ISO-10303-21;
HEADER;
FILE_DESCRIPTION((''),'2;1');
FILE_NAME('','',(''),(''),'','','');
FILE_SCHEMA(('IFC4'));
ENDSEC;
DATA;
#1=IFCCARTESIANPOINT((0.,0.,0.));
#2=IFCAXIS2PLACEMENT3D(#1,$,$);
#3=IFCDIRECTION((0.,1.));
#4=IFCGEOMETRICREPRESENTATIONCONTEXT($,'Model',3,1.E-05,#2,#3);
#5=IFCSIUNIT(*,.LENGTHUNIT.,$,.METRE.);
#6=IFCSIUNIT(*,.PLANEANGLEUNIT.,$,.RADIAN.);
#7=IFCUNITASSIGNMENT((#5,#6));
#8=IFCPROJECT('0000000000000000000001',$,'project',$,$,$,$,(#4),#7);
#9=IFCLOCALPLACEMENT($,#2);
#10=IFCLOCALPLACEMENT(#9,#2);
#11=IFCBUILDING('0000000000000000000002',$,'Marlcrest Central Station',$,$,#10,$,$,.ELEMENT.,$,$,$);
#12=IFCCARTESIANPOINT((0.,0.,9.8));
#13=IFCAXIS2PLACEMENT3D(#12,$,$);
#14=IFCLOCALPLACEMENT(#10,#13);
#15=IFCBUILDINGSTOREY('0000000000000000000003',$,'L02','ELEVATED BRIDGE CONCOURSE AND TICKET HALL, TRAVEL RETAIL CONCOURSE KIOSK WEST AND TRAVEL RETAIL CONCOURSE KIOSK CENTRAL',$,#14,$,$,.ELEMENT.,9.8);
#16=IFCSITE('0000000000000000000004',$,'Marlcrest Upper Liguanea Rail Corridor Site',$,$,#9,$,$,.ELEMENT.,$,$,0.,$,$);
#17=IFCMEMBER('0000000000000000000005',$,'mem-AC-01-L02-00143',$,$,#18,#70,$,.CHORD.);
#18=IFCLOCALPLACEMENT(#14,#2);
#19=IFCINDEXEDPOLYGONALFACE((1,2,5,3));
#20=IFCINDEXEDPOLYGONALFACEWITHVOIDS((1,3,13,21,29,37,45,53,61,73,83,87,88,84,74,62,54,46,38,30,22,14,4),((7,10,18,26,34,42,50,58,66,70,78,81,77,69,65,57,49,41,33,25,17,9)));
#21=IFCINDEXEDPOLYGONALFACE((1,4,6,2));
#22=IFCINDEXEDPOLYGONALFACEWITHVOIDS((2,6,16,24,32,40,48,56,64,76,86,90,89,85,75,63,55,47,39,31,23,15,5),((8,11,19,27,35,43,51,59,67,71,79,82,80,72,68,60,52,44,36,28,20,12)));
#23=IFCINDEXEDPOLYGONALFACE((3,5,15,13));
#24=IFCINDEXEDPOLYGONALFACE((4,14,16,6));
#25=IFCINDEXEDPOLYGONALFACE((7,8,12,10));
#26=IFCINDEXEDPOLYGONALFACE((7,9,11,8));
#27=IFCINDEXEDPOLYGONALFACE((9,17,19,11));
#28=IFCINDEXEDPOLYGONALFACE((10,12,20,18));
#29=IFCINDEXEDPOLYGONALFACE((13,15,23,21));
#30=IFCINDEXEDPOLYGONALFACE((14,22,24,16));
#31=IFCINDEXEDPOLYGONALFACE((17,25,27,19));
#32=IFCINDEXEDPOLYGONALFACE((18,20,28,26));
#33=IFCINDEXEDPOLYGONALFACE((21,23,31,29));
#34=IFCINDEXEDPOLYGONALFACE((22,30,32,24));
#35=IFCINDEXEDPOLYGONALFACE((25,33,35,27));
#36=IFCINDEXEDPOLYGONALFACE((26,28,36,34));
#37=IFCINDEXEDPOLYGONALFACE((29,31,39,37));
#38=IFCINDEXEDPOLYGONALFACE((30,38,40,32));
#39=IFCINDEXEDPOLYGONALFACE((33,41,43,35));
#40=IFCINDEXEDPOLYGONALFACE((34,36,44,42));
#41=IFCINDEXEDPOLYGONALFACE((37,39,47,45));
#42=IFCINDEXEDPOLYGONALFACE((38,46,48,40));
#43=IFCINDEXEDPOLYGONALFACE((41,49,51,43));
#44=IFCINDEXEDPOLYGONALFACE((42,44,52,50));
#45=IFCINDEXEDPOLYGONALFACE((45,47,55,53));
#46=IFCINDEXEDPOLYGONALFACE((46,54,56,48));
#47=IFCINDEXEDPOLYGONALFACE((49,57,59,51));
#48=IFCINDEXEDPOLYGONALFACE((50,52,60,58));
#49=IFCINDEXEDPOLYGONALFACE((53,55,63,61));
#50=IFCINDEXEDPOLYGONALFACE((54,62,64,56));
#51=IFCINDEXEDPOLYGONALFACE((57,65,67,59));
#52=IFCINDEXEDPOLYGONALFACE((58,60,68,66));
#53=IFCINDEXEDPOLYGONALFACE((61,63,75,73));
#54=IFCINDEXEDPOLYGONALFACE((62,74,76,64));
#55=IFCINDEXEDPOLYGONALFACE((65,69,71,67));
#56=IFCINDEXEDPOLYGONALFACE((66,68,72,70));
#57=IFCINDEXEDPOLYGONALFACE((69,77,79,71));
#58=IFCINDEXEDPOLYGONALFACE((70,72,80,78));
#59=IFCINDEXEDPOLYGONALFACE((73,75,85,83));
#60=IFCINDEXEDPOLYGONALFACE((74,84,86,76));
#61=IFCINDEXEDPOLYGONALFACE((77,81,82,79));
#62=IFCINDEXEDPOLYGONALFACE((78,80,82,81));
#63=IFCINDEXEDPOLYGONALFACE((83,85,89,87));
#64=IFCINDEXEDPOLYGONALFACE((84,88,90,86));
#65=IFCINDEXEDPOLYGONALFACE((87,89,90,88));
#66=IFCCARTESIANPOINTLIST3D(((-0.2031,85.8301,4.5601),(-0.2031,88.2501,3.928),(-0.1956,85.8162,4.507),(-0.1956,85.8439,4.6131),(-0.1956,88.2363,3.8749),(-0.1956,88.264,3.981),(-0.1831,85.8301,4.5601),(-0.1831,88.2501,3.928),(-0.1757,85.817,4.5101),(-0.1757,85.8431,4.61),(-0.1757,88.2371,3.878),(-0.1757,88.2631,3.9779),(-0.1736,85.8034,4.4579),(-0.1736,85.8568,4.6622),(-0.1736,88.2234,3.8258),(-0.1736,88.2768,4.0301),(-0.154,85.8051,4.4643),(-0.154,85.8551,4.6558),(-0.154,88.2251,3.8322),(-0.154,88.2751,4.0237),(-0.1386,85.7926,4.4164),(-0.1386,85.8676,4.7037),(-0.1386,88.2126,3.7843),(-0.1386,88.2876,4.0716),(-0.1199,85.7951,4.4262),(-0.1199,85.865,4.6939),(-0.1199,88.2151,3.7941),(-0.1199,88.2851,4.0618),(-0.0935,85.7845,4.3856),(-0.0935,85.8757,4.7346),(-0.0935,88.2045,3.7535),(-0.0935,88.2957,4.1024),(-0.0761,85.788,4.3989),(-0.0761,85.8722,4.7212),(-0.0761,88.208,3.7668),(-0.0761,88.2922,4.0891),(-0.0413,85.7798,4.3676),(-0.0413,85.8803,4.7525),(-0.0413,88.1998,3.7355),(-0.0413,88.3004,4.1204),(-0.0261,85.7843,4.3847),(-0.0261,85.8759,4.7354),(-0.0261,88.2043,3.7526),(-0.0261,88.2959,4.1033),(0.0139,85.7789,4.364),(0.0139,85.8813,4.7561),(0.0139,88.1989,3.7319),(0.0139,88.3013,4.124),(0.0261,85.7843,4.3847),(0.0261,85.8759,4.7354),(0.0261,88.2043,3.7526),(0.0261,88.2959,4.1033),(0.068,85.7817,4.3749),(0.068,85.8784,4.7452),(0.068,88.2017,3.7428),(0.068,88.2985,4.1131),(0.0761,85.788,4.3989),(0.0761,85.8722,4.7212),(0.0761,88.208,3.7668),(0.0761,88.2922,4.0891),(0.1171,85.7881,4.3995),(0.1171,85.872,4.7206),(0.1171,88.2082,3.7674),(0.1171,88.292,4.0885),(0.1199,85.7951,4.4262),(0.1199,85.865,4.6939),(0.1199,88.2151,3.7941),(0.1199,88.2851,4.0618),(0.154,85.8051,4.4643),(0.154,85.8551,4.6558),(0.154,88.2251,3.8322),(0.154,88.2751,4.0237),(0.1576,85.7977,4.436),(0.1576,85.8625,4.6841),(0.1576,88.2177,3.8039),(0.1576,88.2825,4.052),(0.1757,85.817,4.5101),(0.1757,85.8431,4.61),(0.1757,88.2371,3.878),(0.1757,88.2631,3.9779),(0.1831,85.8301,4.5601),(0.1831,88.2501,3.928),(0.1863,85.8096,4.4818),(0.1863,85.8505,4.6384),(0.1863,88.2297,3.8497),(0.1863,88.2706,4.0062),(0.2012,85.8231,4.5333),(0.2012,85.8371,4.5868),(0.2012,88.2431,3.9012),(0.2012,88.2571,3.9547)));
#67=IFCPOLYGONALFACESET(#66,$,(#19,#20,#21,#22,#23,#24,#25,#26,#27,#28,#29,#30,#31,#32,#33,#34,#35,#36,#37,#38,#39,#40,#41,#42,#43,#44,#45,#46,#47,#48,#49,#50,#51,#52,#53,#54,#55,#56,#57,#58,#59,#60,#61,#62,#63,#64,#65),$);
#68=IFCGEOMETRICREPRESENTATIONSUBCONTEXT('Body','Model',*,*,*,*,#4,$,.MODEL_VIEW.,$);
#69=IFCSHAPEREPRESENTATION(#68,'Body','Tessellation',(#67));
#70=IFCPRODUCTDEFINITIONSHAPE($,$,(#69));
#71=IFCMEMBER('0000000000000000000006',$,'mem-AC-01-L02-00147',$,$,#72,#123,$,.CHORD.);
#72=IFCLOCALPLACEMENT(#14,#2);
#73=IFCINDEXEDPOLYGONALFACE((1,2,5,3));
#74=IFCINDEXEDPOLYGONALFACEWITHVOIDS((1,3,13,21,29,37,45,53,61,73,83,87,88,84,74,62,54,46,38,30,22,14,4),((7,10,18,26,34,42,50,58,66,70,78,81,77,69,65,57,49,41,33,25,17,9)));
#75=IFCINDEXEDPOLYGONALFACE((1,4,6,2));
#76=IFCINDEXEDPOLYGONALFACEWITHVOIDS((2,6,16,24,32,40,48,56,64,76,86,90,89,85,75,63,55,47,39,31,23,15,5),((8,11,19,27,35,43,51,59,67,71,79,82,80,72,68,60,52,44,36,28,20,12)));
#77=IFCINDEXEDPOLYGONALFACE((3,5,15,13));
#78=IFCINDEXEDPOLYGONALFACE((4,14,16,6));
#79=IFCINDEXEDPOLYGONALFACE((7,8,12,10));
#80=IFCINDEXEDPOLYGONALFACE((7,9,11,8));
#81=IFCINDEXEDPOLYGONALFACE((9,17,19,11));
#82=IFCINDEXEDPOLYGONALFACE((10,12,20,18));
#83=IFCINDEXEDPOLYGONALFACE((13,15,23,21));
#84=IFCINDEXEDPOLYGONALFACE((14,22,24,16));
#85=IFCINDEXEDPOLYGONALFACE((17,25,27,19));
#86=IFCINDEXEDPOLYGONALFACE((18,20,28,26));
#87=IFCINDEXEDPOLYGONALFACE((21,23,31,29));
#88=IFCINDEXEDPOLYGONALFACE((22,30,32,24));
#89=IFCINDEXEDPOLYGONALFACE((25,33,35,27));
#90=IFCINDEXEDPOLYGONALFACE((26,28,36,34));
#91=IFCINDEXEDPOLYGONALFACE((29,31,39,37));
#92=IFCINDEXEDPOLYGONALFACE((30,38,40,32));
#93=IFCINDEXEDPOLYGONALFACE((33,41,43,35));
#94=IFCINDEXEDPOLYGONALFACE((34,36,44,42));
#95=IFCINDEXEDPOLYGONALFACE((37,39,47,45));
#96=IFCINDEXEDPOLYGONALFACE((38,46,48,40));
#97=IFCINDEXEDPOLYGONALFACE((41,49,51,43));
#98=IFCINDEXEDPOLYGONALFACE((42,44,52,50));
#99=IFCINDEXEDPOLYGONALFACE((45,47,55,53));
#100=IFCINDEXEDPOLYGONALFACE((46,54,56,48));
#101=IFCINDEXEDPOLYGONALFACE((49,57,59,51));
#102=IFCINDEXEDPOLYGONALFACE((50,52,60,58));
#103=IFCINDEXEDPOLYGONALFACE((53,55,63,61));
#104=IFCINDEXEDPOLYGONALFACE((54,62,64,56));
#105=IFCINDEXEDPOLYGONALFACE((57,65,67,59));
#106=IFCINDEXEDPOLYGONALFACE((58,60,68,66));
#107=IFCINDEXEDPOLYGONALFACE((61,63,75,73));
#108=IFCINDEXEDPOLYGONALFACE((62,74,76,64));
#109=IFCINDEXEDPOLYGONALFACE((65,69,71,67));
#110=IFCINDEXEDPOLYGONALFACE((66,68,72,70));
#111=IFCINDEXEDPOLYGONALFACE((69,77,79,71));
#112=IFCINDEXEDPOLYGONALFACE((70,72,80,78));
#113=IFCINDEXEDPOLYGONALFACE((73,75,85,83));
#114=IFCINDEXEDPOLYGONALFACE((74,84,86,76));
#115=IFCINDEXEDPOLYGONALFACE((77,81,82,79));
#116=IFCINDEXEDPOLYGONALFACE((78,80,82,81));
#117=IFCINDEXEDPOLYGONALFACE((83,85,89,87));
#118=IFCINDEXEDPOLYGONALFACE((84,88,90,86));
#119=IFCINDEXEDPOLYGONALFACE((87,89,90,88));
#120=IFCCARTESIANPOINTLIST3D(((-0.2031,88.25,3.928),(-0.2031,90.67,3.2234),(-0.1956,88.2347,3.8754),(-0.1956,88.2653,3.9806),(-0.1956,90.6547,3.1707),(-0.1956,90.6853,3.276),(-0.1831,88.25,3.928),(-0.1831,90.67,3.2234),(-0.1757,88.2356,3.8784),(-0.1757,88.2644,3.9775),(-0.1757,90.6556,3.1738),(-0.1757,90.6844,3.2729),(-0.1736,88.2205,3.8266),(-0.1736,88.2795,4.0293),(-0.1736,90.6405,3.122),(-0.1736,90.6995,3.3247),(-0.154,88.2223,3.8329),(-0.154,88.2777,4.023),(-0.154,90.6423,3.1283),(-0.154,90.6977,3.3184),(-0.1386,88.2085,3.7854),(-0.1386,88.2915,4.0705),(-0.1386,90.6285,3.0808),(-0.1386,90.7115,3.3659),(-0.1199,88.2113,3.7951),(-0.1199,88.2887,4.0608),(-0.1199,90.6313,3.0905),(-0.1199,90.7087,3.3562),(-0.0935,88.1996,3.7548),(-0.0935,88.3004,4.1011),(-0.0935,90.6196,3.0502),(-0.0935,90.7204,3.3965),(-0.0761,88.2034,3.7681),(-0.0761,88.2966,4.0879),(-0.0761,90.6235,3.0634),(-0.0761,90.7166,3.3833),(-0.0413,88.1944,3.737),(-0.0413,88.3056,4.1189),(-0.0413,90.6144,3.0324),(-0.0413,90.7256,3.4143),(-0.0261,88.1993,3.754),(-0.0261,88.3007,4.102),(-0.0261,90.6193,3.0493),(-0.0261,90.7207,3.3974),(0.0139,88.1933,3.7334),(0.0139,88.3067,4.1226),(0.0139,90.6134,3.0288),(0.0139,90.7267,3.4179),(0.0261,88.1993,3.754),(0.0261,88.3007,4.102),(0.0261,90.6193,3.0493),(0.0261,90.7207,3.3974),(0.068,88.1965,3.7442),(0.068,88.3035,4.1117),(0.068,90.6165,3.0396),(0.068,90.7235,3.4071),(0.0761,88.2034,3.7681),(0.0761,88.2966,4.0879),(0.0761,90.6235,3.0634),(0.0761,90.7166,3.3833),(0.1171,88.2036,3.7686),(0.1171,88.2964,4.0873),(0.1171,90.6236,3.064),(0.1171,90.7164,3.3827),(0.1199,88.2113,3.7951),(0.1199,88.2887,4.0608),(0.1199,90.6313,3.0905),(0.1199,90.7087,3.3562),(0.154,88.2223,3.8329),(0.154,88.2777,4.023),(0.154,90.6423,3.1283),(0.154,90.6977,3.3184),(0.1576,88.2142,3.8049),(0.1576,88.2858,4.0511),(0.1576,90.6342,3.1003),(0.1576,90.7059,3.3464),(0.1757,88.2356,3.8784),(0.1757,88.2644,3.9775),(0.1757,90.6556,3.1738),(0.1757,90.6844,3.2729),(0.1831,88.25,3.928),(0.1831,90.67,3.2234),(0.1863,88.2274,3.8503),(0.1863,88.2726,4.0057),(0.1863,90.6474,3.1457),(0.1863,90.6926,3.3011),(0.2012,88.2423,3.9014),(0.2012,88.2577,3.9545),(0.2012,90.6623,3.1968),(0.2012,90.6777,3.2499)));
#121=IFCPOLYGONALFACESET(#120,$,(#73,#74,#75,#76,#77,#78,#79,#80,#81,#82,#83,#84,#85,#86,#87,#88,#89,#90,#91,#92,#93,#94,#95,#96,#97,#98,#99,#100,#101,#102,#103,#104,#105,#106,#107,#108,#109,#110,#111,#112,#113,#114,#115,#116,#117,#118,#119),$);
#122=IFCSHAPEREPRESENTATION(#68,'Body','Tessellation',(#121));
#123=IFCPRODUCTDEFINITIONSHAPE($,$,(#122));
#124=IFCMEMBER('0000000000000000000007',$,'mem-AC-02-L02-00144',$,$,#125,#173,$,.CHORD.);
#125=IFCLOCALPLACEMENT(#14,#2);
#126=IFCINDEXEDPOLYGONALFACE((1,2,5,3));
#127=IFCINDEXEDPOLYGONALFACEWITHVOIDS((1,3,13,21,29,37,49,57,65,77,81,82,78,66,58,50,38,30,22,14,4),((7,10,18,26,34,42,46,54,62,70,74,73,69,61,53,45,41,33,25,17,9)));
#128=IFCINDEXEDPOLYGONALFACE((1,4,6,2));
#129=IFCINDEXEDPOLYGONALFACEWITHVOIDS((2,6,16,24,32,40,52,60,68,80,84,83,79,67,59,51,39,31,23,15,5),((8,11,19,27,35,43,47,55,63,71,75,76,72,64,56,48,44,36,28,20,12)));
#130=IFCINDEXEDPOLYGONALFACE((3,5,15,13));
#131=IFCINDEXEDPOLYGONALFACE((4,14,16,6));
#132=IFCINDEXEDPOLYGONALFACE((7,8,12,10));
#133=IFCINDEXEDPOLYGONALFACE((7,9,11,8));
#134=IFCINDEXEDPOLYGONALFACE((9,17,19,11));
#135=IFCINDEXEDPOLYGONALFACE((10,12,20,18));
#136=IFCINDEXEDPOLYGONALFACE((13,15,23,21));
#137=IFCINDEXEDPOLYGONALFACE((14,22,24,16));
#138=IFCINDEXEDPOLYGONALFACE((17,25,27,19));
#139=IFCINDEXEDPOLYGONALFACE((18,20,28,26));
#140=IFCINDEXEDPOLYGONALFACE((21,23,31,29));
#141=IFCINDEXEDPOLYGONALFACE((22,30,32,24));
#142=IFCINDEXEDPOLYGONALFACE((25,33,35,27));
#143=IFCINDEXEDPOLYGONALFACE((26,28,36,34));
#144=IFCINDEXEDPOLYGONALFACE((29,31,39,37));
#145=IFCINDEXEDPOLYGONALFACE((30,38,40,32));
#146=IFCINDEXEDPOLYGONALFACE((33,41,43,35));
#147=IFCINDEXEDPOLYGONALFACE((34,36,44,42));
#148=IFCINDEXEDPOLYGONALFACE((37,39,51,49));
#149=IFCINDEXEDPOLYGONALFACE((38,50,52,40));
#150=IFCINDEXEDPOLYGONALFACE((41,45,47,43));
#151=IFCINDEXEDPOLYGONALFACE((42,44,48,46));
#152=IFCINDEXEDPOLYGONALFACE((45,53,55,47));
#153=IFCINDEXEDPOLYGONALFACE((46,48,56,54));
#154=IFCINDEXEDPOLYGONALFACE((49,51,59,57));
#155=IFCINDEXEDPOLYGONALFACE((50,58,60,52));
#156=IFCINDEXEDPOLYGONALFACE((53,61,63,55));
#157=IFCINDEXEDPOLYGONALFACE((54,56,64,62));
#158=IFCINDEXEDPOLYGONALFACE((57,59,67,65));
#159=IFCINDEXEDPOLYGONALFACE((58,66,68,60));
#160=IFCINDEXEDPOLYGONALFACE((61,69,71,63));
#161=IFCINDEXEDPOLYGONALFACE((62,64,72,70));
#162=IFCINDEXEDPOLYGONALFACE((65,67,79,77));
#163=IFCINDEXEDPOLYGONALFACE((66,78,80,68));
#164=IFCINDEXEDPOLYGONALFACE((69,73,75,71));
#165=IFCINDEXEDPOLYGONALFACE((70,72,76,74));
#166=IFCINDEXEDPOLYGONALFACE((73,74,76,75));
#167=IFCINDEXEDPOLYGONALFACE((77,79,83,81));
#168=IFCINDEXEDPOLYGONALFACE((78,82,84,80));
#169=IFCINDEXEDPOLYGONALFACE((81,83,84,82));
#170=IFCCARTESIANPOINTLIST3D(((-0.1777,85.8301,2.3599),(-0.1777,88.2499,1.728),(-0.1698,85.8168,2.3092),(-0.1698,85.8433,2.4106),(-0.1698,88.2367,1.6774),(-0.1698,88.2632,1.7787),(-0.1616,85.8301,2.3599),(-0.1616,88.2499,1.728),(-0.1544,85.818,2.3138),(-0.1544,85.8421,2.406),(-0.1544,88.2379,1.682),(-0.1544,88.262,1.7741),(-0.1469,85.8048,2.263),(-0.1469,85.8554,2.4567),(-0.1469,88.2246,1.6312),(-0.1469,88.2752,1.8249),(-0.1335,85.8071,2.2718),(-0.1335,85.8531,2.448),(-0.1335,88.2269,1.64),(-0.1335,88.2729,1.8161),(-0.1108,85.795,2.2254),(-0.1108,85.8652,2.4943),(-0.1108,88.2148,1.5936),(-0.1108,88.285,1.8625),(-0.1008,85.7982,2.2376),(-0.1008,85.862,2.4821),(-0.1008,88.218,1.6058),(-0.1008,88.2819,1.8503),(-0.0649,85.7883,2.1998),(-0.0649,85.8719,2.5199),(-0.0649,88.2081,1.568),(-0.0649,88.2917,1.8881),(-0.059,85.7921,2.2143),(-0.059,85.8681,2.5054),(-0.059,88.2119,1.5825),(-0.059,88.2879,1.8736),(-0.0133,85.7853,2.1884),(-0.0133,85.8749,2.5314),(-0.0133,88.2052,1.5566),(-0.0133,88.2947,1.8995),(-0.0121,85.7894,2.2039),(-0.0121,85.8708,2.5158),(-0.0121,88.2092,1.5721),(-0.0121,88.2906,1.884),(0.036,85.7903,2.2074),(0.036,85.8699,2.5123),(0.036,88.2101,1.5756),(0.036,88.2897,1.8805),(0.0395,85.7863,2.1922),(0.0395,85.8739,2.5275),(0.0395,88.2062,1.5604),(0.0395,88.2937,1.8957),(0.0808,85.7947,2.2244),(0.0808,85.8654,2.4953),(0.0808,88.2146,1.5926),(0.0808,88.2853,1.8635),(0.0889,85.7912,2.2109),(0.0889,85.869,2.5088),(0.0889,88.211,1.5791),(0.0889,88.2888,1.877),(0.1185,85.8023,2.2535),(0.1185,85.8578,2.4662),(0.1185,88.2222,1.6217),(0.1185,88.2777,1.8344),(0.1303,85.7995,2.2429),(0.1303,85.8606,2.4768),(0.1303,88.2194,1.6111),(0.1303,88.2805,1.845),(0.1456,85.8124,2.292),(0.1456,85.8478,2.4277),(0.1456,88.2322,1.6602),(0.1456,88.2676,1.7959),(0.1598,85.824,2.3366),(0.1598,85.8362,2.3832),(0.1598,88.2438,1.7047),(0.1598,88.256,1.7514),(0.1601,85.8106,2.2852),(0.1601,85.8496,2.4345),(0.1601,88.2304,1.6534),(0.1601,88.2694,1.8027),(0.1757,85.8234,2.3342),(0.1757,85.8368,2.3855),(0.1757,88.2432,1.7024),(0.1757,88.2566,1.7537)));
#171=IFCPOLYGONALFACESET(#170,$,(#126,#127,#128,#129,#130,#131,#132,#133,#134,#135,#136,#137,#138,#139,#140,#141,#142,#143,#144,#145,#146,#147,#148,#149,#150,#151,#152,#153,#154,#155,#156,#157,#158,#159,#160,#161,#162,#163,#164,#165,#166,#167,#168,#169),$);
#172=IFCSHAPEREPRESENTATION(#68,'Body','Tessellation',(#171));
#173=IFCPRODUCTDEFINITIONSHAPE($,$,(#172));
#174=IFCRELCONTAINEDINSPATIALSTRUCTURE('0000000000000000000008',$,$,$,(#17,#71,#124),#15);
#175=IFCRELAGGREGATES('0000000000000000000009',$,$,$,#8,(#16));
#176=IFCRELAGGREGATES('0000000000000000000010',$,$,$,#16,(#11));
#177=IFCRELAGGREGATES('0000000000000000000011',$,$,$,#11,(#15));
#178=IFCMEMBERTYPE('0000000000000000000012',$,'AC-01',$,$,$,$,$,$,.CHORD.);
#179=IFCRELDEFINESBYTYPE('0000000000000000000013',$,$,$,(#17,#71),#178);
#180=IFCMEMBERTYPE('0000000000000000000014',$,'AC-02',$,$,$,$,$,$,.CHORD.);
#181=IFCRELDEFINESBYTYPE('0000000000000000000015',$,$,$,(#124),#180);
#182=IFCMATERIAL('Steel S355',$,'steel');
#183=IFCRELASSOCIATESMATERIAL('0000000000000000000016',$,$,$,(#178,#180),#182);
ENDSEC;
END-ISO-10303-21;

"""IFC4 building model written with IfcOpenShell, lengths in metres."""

from ifc_helpers import new_model, si_unit, direction, frame, origin, origin_2d, place, context, subcontext, project, spatial, hollow_circle, extrude, material, material_profile, profile_set, type_object, element, save


model = new_model("IFC4")

# Units and contexts
model_context = context("Model", 3, precision=1e-05, world=origin(), true_north=direction((0.0, 1.0)))
body_context = subcontext(model_context, "Body", "Model", "MODEL_VIEW")
ifc_project = project(units=[si_unit("LENGTHUNIT", "METRE"), si_unit("PLANEANGLEUNIT", "RADIAN")], contexts=[model_context])

# Site, building, storey
site_placement = place(None, origin())
site = spatial("IfcSite", under=ifc_project, at=site_placement, Name="Marlcrest Upper Liguanea Rail Corridor Site", CompositionType="ELEMENT", RefElevation=0.0)
building_placement = place(site_placement, origin())
building = spatial("IfcBuilding", under=site, at=building_placement, Name="Marlcrest Central Station", CompositionType="ELEMENT")
storey_placement = place(building_placement, frame((0.0, 0.0, 9.8)))
storey = spatial("IfcBuildingStorey", under=building, at=storey_placement, Name="L02", Description="ELEVATED BRIDGE CONCOURSE AND TICKET HALL, TRAVEL RETAIL CONCOURSE KIOSK WEST AND TRAVEL RETAIL CONCOURSE KIOSK CENTRAL", CompositionType="ELEMENT", Elevation=9.8)

# Members
ifc_material_1 = material(Name="Steel S355", Category="steel")
ifc_material_profile_1 = material_profile(ifc_material_1, hollow_circle(Radius=0.2031, WallThickness=0.02, at=origin_2d()), Name="CHS 406.4x20")
ifc_profile_set_1 = profile_set([ifc_material_profile_1], Name="Steel S355")
member_type_1 = type_object("IfcMemberType", Name="AC-01", PredefinedType="CHORD", material=ifc_profile_set_1)
member_1_placement = place(storey_placement, frame((0.0, 85.8301, 4.5601), z_axis=(0.0, 0.967539, -0.25272), x_axis=(-1.0, 0.0, 0.0)))
element("IfcMember", 1, at=member_1_placement, inside=storey, type_object=member_type_1, Name="mem-AC-01-L02-00143", PredefinedType="CHORD", context=body_context, shape_type="SweptSolid", body=[
    extrude(hollow_circle(Radius=0.2031, WallThickness=0.02, at=origin_2d()), origin(), (0.0, 0.0, 1.0), 2.5012),
])
member_2_placement = place(storey_placement, frame((0.0, 88.25, 3.928), z_axis=(0.0, 0.96013, -0.279554), x_axis=(-1.0, 0.0, 0.0)))
element("IfcMember", 2, at=member_2_placement, inside=storey, type_object=member_type_1, Name="mem-AC-01-L02-00147", PredefinedType="CHORD", context=body_context, shape_type="SweptSolid", body=[
    extrude(hollow_circle(Radius=0.2031, WallThickness=0.02, at=origin_2d()), origin(), (0.0, 0.0, 1.0), 2.5205),
])
ifc_material_profile_2 = material_profile(ifc_material_1, hollow_circle(Radius=0.1777, WallThickness=0.0161, at=origin_2d()), Name="CHS 355.6x16")
ifc_profile_set_2 = profile_set([ifc_material_profile_2], Name="Steel S355")
member_type_2 = type_object("IfcMemberType", Name="AC-02", PredefinedType="CHORD", material=ifc_profile_set_2)
member_3_placement = place(storey_placement, frame((0.0, 85.8301, 2.3599), z_axis=(0.0, 0.967563, -0.252629), x_axis=(-1.0, 0.0, 0.0)))
element("IfcMember", 3, at=member_3_placement, inside=storey, type_object=member_type_2, Name="mem-AC-02-L02-00144", PredefinedType="CHORD", context=body_context, shape_type="SweptSolid", body=[
    extrude(hollow_circle(Radius=0.1777, WallThickness=0.0161, at=origin_2d()), origin(), (0.0, 0.0, 1.0), 2.501),
])

save(model, "model.ifc")
